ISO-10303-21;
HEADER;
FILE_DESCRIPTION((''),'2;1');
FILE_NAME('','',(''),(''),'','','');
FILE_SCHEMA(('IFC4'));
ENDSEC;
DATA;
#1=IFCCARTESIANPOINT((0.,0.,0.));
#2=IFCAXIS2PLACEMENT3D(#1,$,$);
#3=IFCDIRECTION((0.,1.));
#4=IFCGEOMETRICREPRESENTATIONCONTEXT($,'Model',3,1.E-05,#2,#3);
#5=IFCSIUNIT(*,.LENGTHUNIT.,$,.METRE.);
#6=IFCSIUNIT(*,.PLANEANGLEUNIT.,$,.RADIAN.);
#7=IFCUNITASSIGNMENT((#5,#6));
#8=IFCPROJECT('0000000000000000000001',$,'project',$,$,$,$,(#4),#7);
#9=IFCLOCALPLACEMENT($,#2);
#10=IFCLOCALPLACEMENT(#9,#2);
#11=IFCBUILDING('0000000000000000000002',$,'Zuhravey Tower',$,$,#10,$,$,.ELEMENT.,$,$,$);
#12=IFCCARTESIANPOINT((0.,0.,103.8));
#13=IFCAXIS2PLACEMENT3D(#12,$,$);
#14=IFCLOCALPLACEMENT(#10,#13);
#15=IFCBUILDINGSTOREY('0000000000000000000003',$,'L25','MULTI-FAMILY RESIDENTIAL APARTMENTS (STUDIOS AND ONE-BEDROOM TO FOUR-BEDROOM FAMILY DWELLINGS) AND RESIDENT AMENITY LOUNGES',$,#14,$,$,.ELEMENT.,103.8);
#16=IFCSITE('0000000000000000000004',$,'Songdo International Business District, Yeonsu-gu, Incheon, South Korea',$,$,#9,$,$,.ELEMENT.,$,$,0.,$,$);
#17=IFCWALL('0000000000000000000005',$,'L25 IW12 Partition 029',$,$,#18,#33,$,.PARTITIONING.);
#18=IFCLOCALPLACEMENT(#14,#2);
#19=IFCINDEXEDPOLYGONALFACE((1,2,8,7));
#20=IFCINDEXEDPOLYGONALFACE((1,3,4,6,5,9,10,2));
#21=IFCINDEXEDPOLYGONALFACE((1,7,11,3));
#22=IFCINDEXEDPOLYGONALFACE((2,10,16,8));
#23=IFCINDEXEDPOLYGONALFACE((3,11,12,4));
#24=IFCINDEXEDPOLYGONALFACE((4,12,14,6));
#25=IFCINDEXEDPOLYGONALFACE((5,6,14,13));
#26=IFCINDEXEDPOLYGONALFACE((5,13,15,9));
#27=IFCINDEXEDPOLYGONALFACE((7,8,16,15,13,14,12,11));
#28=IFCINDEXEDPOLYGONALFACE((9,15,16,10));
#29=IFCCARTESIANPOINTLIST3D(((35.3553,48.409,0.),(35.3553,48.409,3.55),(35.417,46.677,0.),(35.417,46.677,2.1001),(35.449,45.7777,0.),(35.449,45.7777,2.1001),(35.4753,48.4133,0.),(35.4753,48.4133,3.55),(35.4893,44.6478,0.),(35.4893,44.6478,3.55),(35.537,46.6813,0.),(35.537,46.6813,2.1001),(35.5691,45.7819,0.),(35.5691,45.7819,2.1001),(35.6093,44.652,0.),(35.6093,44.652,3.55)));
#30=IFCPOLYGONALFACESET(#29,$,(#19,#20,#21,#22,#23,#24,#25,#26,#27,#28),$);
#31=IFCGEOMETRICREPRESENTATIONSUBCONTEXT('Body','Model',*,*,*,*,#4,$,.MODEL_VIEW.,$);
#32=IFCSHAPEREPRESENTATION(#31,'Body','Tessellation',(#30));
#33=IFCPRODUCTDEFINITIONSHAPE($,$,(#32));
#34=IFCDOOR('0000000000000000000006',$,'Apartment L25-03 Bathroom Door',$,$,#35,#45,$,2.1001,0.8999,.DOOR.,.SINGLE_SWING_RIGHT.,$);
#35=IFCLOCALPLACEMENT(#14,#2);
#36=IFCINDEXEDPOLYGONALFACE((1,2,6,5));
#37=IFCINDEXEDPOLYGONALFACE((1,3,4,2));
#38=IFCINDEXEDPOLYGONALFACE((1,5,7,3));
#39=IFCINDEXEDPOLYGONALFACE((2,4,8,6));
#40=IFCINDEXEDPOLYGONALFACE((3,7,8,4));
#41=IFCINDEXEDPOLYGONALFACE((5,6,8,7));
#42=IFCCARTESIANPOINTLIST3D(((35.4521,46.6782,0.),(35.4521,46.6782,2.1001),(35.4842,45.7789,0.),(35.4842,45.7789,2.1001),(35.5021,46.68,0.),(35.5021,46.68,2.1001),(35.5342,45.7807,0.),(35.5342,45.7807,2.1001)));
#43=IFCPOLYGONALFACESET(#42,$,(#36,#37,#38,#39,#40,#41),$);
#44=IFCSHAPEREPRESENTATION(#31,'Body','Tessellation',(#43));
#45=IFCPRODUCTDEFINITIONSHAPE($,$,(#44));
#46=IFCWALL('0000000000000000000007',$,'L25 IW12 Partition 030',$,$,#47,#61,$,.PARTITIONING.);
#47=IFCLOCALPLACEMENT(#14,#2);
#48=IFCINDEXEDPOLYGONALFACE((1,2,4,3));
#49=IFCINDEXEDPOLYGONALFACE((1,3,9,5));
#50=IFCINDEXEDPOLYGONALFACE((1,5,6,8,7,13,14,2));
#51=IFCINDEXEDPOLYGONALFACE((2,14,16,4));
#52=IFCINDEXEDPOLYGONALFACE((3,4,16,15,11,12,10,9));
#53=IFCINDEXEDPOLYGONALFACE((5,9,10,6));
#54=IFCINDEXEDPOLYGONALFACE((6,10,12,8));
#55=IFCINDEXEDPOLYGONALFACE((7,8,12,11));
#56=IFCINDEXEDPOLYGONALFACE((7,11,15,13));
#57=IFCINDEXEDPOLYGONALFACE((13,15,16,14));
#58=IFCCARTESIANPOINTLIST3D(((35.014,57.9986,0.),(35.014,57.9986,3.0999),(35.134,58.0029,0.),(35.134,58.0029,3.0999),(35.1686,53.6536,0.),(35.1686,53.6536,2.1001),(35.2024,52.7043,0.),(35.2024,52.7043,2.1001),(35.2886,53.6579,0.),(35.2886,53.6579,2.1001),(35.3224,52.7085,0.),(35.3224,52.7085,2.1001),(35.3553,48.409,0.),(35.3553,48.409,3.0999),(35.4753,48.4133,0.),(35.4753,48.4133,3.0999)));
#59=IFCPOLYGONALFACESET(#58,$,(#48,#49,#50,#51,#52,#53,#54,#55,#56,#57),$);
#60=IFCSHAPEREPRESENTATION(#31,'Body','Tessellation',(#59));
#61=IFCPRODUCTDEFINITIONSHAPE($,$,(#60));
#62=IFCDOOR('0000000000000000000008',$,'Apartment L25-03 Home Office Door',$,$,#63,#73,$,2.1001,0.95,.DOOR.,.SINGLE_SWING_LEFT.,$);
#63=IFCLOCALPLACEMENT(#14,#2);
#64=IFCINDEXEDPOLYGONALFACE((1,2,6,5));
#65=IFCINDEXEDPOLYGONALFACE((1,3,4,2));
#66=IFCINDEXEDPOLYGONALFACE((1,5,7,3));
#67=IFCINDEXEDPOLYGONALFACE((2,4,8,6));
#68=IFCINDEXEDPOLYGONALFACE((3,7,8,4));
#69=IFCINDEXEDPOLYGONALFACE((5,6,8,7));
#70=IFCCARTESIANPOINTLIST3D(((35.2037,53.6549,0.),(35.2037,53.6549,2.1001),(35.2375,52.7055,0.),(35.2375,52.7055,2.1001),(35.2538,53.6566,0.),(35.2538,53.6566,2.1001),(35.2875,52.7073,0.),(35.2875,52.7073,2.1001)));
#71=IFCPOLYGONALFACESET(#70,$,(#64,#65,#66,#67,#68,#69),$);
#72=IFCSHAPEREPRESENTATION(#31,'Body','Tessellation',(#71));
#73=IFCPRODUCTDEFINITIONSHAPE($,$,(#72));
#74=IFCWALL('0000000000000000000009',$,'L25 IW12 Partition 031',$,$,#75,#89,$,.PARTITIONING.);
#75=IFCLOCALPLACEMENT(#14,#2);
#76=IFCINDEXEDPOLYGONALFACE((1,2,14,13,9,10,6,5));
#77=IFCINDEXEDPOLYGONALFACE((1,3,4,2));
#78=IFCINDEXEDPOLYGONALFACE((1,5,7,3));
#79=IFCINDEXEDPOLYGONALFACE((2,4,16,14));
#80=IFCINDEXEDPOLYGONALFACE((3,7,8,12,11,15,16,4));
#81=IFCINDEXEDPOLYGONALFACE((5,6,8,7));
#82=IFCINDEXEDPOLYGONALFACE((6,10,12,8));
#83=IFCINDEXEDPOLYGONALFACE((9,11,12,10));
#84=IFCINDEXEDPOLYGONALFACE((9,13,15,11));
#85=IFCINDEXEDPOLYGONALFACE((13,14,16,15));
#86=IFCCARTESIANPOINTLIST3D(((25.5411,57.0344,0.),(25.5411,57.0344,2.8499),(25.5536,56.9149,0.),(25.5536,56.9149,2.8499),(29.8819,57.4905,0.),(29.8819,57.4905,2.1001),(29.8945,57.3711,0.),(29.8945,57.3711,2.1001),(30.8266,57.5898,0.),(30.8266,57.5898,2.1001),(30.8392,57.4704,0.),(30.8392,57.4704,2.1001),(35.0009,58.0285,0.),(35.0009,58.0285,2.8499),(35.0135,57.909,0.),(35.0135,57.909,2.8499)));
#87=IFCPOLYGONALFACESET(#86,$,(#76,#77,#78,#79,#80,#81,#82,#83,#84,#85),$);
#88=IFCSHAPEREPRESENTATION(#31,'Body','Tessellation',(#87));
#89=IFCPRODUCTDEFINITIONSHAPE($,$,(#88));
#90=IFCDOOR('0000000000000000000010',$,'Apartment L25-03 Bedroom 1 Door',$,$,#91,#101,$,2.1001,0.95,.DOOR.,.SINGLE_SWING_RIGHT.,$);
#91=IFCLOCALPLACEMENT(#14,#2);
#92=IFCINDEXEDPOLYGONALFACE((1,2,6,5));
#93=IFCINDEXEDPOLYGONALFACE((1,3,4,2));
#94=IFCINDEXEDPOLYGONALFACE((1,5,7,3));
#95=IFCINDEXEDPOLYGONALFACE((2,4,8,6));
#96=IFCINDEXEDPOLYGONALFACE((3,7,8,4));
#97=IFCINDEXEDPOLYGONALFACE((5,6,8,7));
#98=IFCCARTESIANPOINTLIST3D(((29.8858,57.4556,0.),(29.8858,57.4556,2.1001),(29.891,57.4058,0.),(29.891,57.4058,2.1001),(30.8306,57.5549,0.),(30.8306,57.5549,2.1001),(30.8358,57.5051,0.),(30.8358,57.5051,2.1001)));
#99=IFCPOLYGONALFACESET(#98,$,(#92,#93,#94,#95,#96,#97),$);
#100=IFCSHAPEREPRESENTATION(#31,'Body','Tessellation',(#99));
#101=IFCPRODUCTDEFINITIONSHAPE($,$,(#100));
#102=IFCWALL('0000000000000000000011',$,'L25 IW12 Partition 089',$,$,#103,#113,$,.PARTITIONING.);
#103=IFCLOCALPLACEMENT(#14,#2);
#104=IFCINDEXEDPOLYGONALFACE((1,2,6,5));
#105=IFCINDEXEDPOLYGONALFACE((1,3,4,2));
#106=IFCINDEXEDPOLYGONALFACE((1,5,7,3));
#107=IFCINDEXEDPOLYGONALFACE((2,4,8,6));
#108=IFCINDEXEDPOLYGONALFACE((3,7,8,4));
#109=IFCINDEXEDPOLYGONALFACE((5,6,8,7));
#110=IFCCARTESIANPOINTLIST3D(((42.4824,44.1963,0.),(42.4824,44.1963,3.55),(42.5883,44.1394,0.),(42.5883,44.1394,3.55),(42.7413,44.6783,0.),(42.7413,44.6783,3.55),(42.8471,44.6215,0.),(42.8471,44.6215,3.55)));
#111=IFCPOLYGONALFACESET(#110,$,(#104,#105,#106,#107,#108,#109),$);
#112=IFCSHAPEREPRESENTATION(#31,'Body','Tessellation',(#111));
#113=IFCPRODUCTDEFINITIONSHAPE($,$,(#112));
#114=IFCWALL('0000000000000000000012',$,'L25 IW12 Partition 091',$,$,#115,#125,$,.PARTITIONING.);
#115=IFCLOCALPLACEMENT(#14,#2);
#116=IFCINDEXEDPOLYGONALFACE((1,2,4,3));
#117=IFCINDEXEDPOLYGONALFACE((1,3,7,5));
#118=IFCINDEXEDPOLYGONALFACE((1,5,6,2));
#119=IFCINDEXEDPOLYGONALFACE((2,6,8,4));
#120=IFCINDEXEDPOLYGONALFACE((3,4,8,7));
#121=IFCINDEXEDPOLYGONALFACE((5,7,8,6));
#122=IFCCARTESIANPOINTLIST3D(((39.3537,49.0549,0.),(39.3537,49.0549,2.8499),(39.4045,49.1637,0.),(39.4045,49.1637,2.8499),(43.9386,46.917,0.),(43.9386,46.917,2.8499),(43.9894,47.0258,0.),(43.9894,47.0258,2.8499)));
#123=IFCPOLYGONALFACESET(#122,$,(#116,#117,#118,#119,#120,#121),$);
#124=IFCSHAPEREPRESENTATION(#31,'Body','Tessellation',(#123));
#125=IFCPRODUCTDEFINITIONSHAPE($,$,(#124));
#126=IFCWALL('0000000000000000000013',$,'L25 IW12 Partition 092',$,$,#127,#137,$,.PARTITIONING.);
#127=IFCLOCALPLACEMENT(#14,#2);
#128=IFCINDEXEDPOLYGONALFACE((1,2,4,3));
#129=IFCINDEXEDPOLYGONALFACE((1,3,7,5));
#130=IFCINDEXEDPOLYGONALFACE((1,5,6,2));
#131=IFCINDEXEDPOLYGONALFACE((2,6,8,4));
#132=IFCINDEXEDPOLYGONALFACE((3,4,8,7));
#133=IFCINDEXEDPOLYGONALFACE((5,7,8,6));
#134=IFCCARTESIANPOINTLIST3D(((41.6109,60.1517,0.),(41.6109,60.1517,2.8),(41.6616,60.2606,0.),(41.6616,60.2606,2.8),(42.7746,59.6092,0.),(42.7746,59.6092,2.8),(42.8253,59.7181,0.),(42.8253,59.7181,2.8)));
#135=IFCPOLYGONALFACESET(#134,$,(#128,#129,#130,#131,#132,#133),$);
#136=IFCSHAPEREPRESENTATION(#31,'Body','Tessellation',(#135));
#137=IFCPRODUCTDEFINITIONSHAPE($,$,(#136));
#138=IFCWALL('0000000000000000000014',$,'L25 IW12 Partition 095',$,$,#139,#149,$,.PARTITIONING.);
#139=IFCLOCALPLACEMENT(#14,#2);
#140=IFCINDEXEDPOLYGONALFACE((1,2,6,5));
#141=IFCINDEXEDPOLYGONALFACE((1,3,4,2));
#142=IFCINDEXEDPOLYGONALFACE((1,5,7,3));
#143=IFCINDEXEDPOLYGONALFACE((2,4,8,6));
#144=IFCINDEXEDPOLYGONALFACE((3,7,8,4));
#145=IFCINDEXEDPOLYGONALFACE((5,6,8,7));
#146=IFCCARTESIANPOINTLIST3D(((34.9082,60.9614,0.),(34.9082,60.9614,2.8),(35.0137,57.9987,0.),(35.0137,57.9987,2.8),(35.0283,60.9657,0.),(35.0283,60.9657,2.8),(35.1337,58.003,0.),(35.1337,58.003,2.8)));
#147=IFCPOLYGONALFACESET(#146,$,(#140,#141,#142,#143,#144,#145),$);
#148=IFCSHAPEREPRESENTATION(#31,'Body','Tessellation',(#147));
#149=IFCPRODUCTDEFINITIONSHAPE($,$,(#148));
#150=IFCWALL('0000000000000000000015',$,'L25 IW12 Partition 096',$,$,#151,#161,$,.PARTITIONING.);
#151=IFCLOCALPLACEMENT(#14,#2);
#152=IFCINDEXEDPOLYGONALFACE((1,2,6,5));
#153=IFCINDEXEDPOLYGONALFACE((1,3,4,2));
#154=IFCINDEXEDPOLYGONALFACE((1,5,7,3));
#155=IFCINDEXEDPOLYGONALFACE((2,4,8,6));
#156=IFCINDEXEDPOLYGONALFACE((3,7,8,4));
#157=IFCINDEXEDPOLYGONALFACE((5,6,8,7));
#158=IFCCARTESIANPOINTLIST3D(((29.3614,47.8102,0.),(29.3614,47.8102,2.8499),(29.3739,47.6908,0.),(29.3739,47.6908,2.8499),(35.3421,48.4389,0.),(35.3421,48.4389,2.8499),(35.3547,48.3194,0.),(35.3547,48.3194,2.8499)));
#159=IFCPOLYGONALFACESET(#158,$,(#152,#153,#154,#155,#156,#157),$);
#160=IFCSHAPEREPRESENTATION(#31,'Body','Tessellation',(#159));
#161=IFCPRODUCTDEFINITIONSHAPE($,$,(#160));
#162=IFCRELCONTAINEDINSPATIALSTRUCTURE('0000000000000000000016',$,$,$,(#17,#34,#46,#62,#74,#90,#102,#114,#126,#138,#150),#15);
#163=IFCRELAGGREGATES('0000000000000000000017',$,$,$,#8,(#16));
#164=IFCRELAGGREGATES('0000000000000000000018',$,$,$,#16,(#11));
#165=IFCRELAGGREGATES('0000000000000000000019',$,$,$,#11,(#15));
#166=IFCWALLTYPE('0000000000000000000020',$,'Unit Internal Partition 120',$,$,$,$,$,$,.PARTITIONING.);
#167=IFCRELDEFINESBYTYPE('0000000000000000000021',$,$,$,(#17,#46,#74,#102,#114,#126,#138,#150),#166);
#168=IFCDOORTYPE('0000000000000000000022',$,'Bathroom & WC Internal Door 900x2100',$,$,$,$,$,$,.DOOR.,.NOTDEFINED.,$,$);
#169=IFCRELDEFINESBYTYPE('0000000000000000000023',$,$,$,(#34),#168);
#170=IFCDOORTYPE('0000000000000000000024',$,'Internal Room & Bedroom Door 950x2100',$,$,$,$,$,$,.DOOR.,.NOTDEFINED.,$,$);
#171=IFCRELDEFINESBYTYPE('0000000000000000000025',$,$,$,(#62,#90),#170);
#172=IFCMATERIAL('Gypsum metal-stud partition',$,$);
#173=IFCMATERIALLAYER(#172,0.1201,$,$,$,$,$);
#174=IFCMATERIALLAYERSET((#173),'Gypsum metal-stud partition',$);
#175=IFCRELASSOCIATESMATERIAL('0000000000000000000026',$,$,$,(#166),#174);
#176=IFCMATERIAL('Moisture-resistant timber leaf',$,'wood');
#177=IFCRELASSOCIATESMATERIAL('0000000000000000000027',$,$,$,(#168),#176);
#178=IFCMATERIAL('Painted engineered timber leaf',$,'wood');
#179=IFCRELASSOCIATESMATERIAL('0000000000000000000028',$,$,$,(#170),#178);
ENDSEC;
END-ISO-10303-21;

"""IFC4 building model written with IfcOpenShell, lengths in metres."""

from ifc_helpers import new_model, si_unit, direction, frame, frame_2d, origin, place, context, subcontext, project, spatial, rectangle, extrude, material, layer, layer_set, type_object, element, fill, save


model = new_model("IFC4")

# Units and contexts
model_context = context("Model", 3, precision=1e-05, world=origin(), true_north=direction((0.0, 1.0)))
body_context = subcontext(model_context, "Body", "Model", "MODEL_VIEW")
ifc_project = project(units=[si_unit("LENGTHUNIT", "METRE"), si_unit("PLANEANGLEUNIT", "RADIAN")], contexts=[model_context])

# Site, building, storey
site_placement = place(None, origin())
site = spatial("IfcSite", under=ifc_project, at=site_placement, Name="Songdo International Business District, Yeonsu-gu, Incheon, South Korea", CompositionType="ELEMENT", RefElevation=0.0)
building_placement = place(site_placement, origin())
building = spatial("IfcBuilding", under=site, at=building_placement, Name="Zuhravey Tower", CompositionType="ELEMENT")
storey_placement = place(building_placement, frame((0.0, 0.0, 103.8)))
storey = spatial("IfcBuildingStorey", under=building, at=storey_placement, Name="L25", Description="MULTI-FAMILY RESIDENTIAL APARTMENTS (STUDIOS AND ONE-BEDROOM TO FOUR-BEDROOM FAMILY DWELLINGS) AND RESIDENT AMENITY LOUNGES", CompositionType="ELEMENT", Elevation=103.8)

# Walls, openings, doors
ifc_material_1 = material(Name="Gypsum metal-stud partition")
ifc_layer_1 = layer(ifc_material_1, 0.1201)
ifc_layer_set_1 = layer_set([ifc_layer_1], Name="Gypsum metal-stud partition")
wall_type_1 = type_object("IfcWallType", Name="Unit Internal Partition 120", PredefinedType="PARTITIONING", material=ifc_layer_set_1)
ifc_material_2 = material(Name="Moisture-resistant timber leaf", Category="wood")
door_type_1 = type_object("IfcDoorType", Name="Bathroom & WC Internal Door 900x2100", OperationType="NOTDEFINED", PredefinedType="DOOR", material=ifc_material_2)
ifc_material_3 = material(Name="Painted engineered timber leaf", Category="wood")
door_type_2 = type_object("IfcDoorType", Name="Internal Room & Bedroom Door 950x2100", OperationType="NOTDEFINED", PredefinedType="DOOR", material=ifc_material_3)
wall_1_placement = place(storey_placement, frame((35.5493, 44.6499, 0.0), z_axis=(0.0, 0.0, 1.0), x_axis=(-0.035613, 0.999366, 0.0)))
wall_1 = element("IfcWall", 1, at=wall_1_placement, inside=storey, type_object=wall_type_1, Name="L25 IW12 Partition 029", PredefinedType="PARTITIONING", context=body_context, shape_type="SweptSolid", body=[
    extrude(rectangle(XDim=3.7637, YDim=0.1201, at=frame_2d((1.8818, 0.0))), origin(), (0.0, 0.0, 1.0), 3.55),
])
opening_1_placement = place(wall_1_placement, frame((1.1306, 0.0, 0.0)))
opening_1 = element("IfcOpeningElement", 2, at=opening_1_placement, cuts=wall_1, PredefinedType="OPENING", context=body_context, shape_type="SweptSolid", body=[
    extrude(rectangle(XDim=0.8999, YDim=2.1001, at=frame_2d((0.45, 1.05))), frame((0.0, 0.072, 0.0), z_axis=(0.0, -1.0, 0.0), x_axis=(1.0, 0.0, 0.0)), (0.0, 0.0, 1.0), 0.144),
])
door_1_placement = place(opening_1_placement, origin())
door_1 = element("IfcDoor", 3, at=door_1_placement, inside=storey, type_object=door_type_1, Name="Apartment L25-03 Bathroom Door", OperationType="SINGLE_SWING_RIGHT", OverallHeight=2.1001, OverallWidth=0.8999, PredefinedType="DOOR", context=body_context, shape_type="SweptSolid", body=[
    extrude(rectangle(XDim=0.8999, YDim=2.1001, at=frame_2d((0.45, 1.05))), frame((0.0, 0.0249, 0.0), z_axis=(0.0, -1.0, 0.0), x_axis=(1.0, 0.0, 0.0)), (0.0, 0.0, 1.0), 0.05),
])
fill(opening_1, door_1)
wall_2_placement = place(storey_placement, frame((35.4153, 48.4111, 0.0), z_axis=(0.0, 0.0, 1.0), x_axis=(-0.035569, 0.999367, 0.0)))
wall_2 = element("IfcWall", 4, at=wall_2_placement, inside=storey, type_object=wall_type_1, Name="L25 IW12 Partition 030", PredefinedType="PARTITIONING", context=body_context, shape_type="SweptSolid", body=[
    extrude(rectangle(XDim=9.5957, YDim=0.1201, at=frame_2d((4.7979, 0.0))), origin(), (0.0, 0.0, 1.0), 3.0999),
])
opening_2_placement = place(wall_2_placement, frame((4.2979, 0.0, 0.0)))
opening_2 = element("IfcOpeningElement", 5, at=opening_2_placement, cuts=wall_2, PredefinedType="OPENING", context=body_context, shape_type="SweptSolid", body=[
    extrude(rectangle(XDim=0.95, YDim=2.1001, at=frame_2d((0.4751, 1.05))), frame((0.0, 0.072, 0.0), z_axis=(0.0, -1.0, 0.0), x_axis=(1.0, 0.0, 0.0)), (0.0, 0.0, 1.0), 0.144),
])
door_2_placement = place(opening_2_placement, origin())
door_2 = element("IfcDoor", 6, at=door_2_placement, inside=storey, type_object=door_type_2, Name="Apartment L25-03 Home Office Door", OperationType="SINGLE_SWING_LEFT", OverallHeight=2.1001, OverallWidth=0.95, PredefinedType="DOOR", context=body_context, shape_type="SweptSolid", body=[
    extrude(rectangle(XDim=0.95, YDim=2.1001, at=frame_2d((0.4751, 1.05))), frame((0.0, 0.0249, 0.0), z_axis=(0.0, -1.0, 0.0), x_axis=(1.0, 0.0, 0.0)), (0.0, 0.0, 1.0), 0.05),
])
fill(opening_2, door_2)
wall_3_placement = place(storey_placement, frame((35.0071, 57.9688, 0.0), z_axis=(0.0, 0.0, 1.0), x_axis=(-0.994523, -0.104514, 0.0)))
wall_3 = element("IfcWall", 7, at=wall_3_placement, inside=storey, type_object=wall_type_1, Name="L25 IW12 Partition 031", PredefinedType="PARTITIONING", context=body_context, shape_type="SweptSolid", body=[
    extrude(rectangle(XDim=9.512, YDim=0.1201, at=frame_2d((4.7559, 0.0))), origin(), (0.0, 0.0, 1.0), 2.8499),
])
opening_3_placement = place(wall_3_placement, frame((4.197, 0.0, 0.0)))
opening_3 = element("IfcOpeningElement", 8, at=opening_3_placement, cuts=wall_3, PredefinedType="OPENING", context=body_context, shape_type="SweptSolid", body=[
    extrude(rectangle(XDim=0.95, YDim=2.1001, at=frame_2d((0.4751, 1.05))), frame((0.0, 0.072, 0.0), z_axis=(0.0, -1.0, 0.0), x_axis=(1.0, 0.0, 0.0)), (0.0, 0.0, 1.0), 0.144),
])
door_3_placement = place(opening_3_placement, frame((0.95, 0.0, 0.0), z_axis=(0.0, 0.0, 1.0), x_axis=(-1.0, 0.0, 0.0)))
door_3 = element("IfcDoor", 9, at=door_3_placement, inside=storey, type_object=door_type_2, Name="Apartment L25-03 Bedroom 1 Door", OperationType="SINGLE_SWING_RIGHT", OverallHeight=2.1001, OverallWidth=0.95, PredefinedType="DOOR", context=body_context, shape_type="SweptSolid", body=[
    extrude(rectangle(XDim=0.95, YDim=2.1001, at=frame_2d((0.4751, 1.05))), frame((0.0, 0.0249, 0.0), z_axis=(0.0, -1.0, 0.0), x_axis=(1.0, 0.0, 0.0)), (0.0, 0.0, 1.0), 0.05),
])
fill(opening_3, door_3)

# Walls
wall_4_placement = place(storey_placement, frame((42.5354, 44.168, 0.0), z_axis=(0.0, 0.0, 1.0), x_axis=(0.473088, 0.881015, 0.0)))
element("IfcWall", 10, at=wall_4_placement, inside=storey, type_object=wall_type_1, Name="L25 IW12 Partition 089", PredefinedType="PARTITIONING", context=body_context, shape_type="SweptSolid", body=[
    extrude(rectangle(XDim=0.5471, YDim=0.1201, at=frame_2d((0.2734, 0.0))), origin(), (0.0, 0.0, 1.0), 3.55),
])
wall_5_placement = place(storey_placement, frame((43.9639, 46.9714, 0.0), z_axis=(0.0, 0.0, 1.0), x_axis=(-0.906313, 0.422608, 0.0)))
element("IfcWall", 11, at=wall_5_placement, inside=storey, type_object=wall_type_1, Name="L25 IW12 Partition 091", PredefinedType="PARTITIONING", context=body_context, shape_type="SweptSolid", body=[
    extrude(rectangle(XDim=5.0588, YDim=0.1201, at=frame_2d((2.5293, 0.0))), origin(), (0.0, 0.0, 1.0), 2.8499),
])
wall_6_placement = place(storey_placement, frame((42.8, 59.6636, 0.0), z_axis=(0.0, 0.0, 1.0), x_axis=(-0.906339, 0.422552, 0.0)))
element("IfcWall", 12, at=wall_6_placement, inside=storey, type_object=wall_type_1, Name="L25 IW12 Partition 092", PredefinedType="PARTITIONING", context=body_context, shape_type="SweptSolid", body=[
    extrude(rectangle(XDim=1.2839, YDim=0.1201, at=frame_2d((0.6421, 0.0))), origin(), (0.0, 0.0, 1.0), 2.8),
])
wall_7_placement = place(storey_placement, frame((35.0737, 58.0007, 0.0), z_axis=(0.0, 0.0, 1.0), x_axis=(-0.035577, 0.999367, 0.0)))
element("IfcWall", 13, at=wall_7_placement, inside=storey, type_object=wall_type_1, Name="L25 IW12 Partition 095", PredefinedType="PARTITIONING", context=body_context, shape_type="SweptSolid", body=[
    extrude(rectangle(XDim=2.9646, YDim=0.1201, at=frame_2d((1.4824, 0.0))), origin(), (0.0, 0.0, 1.0), 2.8),
])
wall_8_placement = place(storey_placement, frame((35.3484, 48.3792, 0.0), z_axis=(0.0, 0.0, 1.0), x_axis=(-0.994521, -0.104539, 0.0)))
element("IfcWall", 14, at=wall_8_placement, inside=storey, type_object=wall_type_1, Name="L25 IW12 Partition 096", PredefinedType="PARTITIONING", context=body_context, shape_type="SweptSolid", body=[
    extrude(rectangle(XDim=6.0137, YDim=0.1201, at=frame_2d((3.0068, 0.0))), origin(), (0.0, 0.0, 1.0), 2.8499),
])

save(model, "model.ifc")
